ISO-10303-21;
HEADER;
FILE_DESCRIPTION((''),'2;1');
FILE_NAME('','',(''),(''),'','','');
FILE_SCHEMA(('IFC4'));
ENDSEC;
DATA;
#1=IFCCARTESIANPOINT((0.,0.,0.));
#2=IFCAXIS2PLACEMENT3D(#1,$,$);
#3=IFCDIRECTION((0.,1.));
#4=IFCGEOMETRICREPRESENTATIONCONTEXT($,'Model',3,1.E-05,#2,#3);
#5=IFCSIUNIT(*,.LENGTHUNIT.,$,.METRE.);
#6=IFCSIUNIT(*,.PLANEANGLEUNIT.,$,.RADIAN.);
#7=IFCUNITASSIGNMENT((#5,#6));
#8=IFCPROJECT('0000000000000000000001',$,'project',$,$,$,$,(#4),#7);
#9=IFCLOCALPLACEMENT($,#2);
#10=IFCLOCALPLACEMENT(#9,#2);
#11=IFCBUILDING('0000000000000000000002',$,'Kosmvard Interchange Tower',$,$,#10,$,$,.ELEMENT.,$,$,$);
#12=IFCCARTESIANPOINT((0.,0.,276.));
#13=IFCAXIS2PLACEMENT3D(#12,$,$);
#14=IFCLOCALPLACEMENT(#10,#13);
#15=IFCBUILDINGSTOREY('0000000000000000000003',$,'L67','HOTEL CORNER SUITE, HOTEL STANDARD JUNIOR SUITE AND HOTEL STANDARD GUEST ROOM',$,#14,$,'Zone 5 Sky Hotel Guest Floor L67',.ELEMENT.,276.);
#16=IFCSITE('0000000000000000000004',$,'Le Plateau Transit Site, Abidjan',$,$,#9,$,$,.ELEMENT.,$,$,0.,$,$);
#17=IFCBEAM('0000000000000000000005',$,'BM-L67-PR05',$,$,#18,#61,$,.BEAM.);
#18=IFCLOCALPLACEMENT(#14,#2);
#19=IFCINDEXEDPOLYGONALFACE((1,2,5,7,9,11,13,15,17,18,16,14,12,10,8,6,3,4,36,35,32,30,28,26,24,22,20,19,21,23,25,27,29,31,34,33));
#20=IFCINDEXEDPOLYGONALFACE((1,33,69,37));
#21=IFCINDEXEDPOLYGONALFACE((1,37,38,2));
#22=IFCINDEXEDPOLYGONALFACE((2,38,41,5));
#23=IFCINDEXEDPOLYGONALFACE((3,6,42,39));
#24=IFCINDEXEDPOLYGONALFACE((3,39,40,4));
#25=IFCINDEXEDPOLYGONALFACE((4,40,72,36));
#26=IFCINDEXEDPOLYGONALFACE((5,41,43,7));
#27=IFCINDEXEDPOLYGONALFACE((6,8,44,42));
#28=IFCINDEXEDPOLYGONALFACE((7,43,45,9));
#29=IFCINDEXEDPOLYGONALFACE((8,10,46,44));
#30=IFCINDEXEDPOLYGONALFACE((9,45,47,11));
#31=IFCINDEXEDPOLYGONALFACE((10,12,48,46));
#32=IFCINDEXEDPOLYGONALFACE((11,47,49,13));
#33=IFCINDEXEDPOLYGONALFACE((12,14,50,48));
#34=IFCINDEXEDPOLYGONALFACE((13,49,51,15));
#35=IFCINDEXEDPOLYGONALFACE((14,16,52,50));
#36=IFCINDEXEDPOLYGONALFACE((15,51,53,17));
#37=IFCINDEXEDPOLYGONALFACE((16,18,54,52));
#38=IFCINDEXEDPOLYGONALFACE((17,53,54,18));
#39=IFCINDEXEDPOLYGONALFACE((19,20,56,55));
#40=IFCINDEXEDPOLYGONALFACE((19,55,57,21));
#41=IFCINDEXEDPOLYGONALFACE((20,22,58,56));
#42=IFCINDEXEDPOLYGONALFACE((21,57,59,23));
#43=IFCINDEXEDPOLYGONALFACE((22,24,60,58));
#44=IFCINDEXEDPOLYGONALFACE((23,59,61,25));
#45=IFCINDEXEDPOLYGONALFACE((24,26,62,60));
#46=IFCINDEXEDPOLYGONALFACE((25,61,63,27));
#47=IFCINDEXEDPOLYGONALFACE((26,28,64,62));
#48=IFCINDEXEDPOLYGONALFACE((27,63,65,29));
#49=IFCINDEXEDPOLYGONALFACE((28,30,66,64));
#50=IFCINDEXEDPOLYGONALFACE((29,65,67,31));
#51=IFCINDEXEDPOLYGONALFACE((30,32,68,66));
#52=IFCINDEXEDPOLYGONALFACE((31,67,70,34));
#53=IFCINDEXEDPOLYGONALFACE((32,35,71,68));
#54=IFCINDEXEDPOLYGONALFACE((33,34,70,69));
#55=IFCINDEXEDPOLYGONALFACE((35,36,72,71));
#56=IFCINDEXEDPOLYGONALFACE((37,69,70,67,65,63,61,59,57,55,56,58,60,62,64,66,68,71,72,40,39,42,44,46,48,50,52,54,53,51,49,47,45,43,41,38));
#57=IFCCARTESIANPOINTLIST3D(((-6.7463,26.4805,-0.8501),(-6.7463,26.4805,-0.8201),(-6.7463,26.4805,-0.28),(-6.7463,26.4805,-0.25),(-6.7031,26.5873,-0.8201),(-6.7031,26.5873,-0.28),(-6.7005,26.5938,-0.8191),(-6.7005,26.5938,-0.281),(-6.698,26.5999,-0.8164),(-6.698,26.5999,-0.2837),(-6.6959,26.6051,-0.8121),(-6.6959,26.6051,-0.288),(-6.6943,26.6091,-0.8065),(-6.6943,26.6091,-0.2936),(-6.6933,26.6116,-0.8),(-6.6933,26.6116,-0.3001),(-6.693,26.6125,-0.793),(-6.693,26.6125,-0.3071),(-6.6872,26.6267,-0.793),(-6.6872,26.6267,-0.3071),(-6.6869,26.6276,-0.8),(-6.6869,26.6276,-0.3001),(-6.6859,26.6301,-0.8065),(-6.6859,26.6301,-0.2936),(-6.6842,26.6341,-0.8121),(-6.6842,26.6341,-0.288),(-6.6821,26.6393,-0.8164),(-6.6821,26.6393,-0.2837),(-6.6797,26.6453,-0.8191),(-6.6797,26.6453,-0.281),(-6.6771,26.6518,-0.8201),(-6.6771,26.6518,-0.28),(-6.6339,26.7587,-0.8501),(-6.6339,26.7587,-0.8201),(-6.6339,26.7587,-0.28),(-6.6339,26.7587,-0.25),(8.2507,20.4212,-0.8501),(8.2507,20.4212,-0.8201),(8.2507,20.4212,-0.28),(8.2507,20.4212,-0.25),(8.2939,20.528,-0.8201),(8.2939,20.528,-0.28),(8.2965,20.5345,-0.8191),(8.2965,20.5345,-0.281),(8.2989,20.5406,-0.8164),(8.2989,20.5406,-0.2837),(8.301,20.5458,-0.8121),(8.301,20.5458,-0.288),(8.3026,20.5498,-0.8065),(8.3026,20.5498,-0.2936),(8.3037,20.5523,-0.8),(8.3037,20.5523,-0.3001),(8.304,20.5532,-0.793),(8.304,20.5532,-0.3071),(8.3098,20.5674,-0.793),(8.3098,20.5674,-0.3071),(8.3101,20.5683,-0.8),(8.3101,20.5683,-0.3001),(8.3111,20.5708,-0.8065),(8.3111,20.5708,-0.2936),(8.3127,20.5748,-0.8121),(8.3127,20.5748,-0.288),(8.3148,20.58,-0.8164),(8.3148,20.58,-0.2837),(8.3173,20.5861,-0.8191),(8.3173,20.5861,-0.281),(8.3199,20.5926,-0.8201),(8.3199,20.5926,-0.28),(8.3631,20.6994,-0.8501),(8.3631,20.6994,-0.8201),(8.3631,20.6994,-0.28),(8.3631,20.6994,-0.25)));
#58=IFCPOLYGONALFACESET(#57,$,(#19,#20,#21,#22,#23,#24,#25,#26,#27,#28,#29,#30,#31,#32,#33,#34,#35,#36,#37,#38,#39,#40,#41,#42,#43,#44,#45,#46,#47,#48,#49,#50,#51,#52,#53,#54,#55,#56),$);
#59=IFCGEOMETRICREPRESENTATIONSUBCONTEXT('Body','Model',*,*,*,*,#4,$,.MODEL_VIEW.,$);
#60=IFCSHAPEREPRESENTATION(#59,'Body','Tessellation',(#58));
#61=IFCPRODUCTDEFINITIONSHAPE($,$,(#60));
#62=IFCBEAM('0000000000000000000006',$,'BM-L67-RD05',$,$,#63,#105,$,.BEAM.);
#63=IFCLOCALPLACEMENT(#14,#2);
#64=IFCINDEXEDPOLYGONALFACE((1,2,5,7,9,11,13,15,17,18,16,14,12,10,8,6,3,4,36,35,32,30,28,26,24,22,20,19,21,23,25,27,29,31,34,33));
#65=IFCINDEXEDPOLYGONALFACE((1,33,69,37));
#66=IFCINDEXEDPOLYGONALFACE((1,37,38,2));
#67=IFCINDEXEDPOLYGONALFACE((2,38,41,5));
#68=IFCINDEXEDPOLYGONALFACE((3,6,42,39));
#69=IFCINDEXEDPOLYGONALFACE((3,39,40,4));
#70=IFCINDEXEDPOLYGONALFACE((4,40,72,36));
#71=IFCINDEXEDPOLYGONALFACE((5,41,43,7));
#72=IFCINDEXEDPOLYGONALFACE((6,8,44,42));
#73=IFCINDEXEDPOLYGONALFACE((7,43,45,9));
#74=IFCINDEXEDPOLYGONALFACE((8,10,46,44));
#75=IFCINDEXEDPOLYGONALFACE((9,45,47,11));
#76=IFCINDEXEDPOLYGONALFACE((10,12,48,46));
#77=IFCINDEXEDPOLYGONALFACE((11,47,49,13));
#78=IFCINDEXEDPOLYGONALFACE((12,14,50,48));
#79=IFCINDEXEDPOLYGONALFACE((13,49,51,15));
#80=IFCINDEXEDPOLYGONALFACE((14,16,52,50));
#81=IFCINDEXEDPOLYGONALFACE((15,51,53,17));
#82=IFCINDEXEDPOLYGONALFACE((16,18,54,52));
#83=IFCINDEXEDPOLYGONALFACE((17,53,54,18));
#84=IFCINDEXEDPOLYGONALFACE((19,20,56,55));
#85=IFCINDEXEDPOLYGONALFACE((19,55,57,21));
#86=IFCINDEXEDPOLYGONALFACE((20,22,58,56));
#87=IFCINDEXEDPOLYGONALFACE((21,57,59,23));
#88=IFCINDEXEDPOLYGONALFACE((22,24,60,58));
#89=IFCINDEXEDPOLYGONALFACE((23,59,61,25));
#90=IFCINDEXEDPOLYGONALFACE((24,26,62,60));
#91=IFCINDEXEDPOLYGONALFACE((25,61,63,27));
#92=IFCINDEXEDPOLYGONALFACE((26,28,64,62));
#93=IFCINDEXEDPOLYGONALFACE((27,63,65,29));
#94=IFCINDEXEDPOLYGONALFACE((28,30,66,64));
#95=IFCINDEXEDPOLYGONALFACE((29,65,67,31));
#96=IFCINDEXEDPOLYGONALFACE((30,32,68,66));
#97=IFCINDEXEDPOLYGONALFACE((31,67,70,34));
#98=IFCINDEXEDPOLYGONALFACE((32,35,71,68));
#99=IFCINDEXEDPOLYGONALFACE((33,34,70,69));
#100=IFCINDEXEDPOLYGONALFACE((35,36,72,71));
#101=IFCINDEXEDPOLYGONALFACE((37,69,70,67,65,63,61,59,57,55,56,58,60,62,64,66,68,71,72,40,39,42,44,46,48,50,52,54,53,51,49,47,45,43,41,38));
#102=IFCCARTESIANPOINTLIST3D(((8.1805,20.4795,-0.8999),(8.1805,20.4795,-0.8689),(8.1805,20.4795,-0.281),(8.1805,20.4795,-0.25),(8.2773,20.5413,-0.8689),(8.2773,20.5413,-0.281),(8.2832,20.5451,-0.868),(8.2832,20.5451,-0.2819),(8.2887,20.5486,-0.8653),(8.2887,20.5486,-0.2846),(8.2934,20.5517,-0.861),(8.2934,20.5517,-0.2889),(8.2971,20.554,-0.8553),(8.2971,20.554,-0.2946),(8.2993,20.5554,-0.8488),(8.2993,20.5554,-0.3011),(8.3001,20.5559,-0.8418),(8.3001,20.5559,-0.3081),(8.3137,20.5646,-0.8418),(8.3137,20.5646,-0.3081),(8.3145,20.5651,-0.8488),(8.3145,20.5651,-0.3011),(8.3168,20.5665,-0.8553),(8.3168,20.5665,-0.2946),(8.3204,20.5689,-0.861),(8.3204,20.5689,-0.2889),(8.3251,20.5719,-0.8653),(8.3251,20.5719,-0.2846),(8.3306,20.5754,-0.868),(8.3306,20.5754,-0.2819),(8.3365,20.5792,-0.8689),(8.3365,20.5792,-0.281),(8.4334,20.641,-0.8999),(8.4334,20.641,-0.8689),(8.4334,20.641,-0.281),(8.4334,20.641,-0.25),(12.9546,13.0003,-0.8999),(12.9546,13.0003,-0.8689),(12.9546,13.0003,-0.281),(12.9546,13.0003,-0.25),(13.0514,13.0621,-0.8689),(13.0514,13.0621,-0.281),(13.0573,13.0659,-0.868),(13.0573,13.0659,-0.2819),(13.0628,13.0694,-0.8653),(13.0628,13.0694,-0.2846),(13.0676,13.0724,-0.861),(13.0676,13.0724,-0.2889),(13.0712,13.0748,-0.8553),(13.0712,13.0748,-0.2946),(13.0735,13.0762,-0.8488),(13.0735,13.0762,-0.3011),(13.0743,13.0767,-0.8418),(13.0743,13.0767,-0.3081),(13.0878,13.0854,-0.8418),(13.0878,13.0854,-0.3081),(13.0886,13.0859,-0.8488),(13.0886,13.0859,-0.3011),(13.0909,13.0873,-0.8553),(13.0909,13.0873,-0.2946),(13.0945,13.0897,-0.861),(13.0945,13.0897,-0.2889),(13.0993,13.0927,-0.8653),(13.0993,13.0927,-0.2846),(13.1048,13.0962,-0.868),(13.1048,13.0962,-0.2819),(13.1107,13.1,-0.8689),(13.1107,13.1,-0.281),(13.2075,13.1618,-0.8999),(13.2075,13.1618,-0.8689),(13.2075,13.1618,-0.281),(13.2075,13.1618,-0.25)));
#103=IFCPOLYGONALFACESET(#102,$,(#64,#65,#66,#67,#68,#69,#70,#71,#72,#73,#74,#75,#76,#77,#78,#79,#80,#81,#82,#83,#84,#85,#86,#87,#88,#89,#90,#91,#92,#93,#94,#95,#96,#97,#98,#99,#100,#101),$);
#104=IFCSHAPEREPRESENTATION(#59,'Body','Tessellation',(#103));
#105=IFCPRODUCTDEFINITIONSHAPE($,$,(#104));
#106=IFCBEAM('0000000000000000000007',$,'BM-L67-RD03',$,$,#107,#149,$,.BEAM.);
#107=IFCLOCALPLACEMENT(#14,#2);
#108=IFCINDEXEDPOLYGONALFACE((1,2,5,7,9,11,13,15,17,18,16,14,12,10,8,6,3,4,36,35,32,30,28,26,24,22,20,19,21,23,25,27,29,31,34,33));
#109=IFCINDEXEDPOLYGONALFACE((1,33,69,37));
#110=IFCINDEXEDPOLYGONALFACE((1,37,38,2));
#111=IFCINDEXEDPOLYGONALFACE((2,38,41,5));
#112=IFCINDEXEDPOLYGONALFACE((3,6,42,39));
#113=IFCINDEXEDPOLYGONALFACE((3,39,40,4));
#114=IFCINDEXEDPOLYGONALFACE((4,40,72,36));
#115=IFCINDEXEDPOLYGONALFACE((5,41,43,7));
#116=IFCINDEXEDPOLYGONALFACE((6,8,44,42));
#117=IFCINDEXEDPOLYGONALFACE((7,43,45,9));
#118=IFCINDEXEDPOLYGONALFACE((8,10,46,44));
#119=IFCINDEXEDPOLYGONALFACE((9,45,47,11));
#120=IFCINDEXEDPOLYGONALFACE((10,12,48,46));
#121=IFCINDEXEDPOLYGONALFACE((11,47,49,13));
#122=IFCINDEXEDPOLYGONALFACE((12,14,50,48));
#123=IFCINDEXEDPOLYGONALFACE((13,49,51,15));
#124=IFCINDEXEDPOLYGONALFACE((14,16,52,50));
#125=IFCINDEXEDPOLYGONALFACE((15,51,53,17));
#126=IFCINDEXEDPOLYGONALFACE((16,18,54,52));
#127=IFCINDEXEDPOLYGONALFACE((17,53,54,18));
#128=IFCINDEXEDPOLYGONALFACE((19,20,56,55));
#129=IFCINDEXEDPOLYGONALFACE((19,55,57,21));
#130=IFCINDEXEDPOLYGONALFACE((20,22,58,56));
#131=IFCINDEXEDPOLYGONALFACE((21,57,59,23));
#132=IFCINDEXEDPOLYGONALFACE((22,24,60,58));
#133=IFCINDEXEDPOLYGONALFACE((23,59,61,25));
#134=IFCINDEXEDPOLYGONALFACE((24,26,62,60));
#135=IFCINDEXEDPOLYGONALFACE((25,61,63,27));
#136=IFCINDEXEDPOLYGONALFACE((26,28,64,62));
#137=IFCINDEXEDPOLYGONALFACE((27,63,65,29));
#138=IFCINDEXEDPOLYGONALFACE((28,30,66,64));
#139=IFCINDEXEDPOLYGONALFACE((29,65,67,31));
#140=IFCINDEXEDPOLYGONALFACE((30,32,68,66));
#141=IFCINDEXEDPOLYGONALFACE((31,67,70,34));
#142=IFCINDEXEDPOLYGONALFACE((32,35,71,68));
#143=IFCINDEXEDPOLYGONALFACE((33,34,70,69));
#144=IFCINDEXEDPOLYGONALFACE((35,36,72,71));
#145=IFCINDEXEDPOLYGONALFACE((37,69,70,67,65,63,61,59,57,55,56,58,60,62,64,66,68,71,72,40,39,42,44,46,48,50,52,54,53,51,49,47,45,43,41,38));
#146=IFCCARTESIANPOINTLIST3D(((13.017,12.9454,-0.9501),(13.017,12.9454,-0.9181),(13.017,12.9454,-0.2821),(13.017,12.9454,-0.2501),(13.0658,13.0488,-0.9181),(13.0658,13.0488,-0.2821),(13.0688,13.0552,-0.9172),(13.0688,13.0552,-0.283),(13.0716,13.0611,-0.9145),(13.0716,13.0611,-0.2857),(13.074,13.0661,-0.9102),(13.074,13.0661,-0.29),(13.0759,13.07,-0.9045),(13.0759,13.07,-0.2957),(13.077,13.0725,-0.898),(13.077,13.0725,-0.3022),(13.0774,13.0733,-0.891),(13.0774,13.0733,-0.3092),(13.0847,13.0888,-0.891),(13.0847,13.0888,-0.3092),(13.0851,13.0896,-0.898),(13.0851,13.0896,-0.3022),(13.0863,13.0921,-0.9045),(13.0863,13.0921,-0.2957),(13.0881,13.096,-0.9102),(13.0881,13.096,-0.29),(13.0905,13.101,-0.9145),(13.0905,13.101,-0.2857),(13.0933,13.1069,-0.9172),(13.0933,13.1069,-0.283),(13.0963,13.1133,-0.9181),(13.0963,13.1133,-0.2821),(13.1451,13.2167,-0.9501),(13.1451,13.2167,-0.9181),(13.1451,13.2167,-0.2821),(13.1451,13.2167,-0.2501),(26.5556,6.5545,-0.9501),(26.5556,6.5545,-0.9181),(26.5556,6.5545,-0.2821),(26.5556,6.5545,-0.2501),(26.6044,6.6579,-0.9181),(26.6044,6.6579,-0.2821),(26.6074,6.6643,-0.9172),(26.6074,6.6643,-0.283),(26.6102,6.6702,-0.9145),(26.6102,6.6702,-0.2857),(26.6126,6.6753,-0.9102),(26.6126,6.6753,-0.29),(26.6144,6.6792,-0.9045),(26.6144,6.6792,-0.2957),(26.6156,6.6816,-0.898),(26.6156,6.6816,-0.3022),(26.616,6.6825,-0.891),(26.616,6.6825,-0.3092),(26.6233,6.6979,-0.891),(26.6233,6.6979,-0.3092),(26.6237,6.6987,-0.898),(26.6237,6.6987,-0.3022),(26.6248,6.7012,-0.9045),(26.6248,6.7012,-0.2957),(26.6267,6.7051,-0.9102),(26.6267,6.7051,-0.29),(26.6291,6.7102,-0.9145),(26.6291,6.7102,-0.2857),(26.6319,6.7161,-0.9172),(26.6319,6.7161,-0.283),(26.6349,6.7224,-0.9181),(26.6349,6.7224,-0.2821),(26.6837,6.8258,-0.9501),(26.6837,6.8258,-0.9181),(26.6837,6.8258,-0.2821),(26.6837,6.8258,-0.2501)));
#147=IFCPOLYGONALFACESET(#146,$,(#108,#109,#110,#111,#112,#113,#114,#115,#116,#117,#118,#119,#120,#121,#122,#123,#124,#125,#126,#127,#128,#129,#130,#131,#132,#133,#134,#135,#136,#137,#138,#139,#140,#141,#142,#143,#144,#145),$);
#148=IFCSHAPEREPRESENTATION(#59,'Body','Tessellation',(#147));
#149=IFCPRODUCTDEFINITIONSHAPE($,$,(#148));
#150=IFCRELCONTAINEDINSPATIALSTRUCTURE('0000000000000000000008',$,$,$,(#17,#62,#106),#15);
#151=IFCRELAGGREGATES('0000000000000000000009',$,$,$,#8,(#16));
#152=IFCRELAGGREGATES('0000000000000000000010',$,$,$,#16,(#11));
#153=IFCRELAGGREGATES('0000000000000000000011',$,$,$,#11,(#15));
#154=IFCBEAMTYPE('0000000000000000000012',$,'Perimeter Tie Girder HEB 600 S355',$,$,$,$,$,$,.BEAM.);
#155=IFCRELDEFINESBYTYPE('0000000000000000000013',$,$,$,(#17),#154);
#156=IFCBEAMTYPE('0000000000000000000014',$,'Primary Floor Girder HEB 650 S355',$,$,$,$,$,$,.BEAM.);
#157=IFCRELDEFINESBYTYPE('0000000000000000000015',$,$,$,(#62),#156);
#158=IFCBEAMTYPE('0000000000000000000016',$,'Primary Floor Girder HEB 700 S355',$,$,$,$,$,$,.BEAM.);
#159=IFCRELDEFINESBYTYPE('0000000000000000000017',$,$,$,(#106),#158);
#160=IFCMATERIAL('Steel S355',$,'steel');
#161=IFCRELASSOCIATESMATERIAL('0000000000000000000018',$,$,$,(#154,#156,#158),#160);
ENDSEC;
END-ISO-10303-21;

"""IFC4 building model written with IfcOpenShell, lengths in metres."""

from ifc_helpers import new_model, si_unit, direction, frame, origin, origin_2d, place, context, subcontext, project, spatial, i_section, extrude, source, transform, mapped, material, material_profile, profile_set, type_object, element, save


model = new_model("IFC4")

# Units and contexts
model_context = context("Model", 3, precision=1e-05, world=origin(), true_north=direction((0.0, 1.0)))
body_context = subcontext(model_context, "Body", "Model", "MODEL_VIEW")
ifc_project = project(units=[si_unit("LENGTHUNIT", "METRE"), si_unit("PLANEANGLEUNIT", "RADIAN")], contexts=[model_context])

# Site, building, storey
site_placement = place(None, origin())
site = spatial("IfcSite", under=ifc_project, at=site_placement, Name="Le Plateau Transit Site, Abidjan", CompositionType="ELEMENT", RefElevation=0.0)
building_placement = place(site_placement, origin())
building = spatial("IfcBuilding", under=site, at=building_placement, Name="Kosmvard Interchange Tower", CompositionType="ELEMENT")
storey_placement = place(building_placement, frame((0.0, 0.0, 276.0)))
storey = spatial("IfcBuildingStorey", under=building, at=storey_placement, Name="L67", Description="HOTEL CORNER SUITE, HOTEL STANDARD JUNIOR SUITE AND HOTEL STANDARD GUEST ROOM", LongName="Zone 5 Sky Hotel Guest Floor L67", CompositionType="ELEMENT", Elevation=276.0)

# Beams
ifc_material_1 = material(Name="Steel S355", Category="steel")
ifc_material_profile_1 = material_profile(ifc_material_1, i_section(OverallWidth=0.3, OverallDepth=0.6001, WebThickness=0.0154, FlangeThickness=0.03, FilletRadius=0.0271, at=origin_2d()), Name="HEB 600")
ifc_profile_set_1 = profile_set([ifc_material_profile_1], Name="Steel S355")
beam_type_1 = type_object("IfcBeamType", Name="Perimeter Tie Girder HEB 600 S355", PredefinedType="BEAM", material=ifc_profile_set_1)
ifc_material_profile_2 = material_profile(ifc_material_1, i_section(OverallWidth=0.3, OverallDepth=0.6499, WebThickness=0.0161, FlangeThickness=0.031, FilletRadius=0.0271, at=origin_2d()), Name="HEB 650")
ifc_profile_set_2 = profile_set([ifc_material_profile_2], Name="Steel S355")
beam_type_2 = type_object("IfcBeamType", Name="Primary Floor Girder HEB 650 S355", PredefinedType="BEAM", material=ifc_profile_set_2)
shared_shape_1 = source(origin(), body_context, "Body", "SweptSolid", [
    extrude(i_section(OverallWidth=0.3, OverallDepth=0.6001, WebThickness=0.0154, FlangeThickness=0.03, FilletRadius=0.0271, at=origin_2d()), origin(), (0.0, 0.0, 1.0), 16.1748),
])
beam_1_placement = place(storey_placement, frame((8.3069, 20.5603, -0.55), z_axis=(-0.927181, 0.374613, 0.0), x_axis=(-0.374613, -0.927181, 0.0)))
element("IfcBeam", 1, at=beam_1_placement, inside=storey, type_object=beam_type_1, Name="BM-L67-PR05", PredefinedType="BEAM", context=body_context, shape_type="MappedRepresentation", body=[
    mapped(shared_shape_1, transform((0.0, 0.0, 0.0), scale=1.0)),
])
shared_shape_2 = source(origin(), body_context, "Body", "SweptSolid", [
    extrude(i_section(OverallWidth=0.3, OverallDepth=0.6499, WebThickness=0.0161, FlangeThickness=0.031, FilletRadius=0.0271, at=origin_2d()), origin(), (0.0, 0.0, 1.0), 8.873),
])
beam_2_placement = place(storey_placement, frame((13.0811, 13.0811, -0.575), z_axis=(-0.53805, 0.842913, 0.0), x_axis=(-0.842913, -0.53805, 0.0)))
element("IfcBeam", 2, at=beam_2_placement, inside=storey, type_object=beam_type_2, Name="BM-L67-RD05", PredefinedType="BEAM", context=body_context, shape_type="MappedRepresentation", body=[
    mapped(shared_shape_2, transform((0.0, 0.0, 0.0), scale=1.0)),
])
ifc_material_profile_3 = material_profile(ifc_material_1, i_section(OverallWidth=0.3, OverallDepth=0.7, WebThickness=0.0171, FlangeThickness=0.032, FilletRadius=0.0271, at=origin_2d()), Name="HEB 700")
ifc_profile_set_3 = profile_set([ifc_material_profile_3], Name="Steel S355")
beam_type_3 = type_object("IfcBeamType", Name="Primary Floor Girder HEB 700 S355", PredefinedType="BEAM", material=ifc_profile_set_3)
shared_shape_3 = source(origin(), body_context, "Body", "SweptSolid", [
    extrude(i_section(OverallWidth=0.3, OverallDepth=0.7, WebThickness=0.0171, FlangeThickness=0.032, FilletRadius=0.0271, at=origin_2d()), origin(), (0.0, 0.0, 1.0), 14.9712),
])
beam_3_placement = place(storey_placement, frame((13.0811, 13.0811, -0.6001), z_axis=(0.904309, -0.426878, 0.0), x_axis=(0.426878, 0.904309, 0.0)))
element("IfcBeam", 3, at=beam_3_placement, inside=storey, type_object=beam_type_3, Name="BM-L67-RD03", PredefinedType="BEAM", context=body_context, shape_type="MappedRepresentation", body=[
    mapped(shared_shape_3, transform((0.0, 0.0, 0.0), scale=1.0)),
])

save(model, "model.ifc")
